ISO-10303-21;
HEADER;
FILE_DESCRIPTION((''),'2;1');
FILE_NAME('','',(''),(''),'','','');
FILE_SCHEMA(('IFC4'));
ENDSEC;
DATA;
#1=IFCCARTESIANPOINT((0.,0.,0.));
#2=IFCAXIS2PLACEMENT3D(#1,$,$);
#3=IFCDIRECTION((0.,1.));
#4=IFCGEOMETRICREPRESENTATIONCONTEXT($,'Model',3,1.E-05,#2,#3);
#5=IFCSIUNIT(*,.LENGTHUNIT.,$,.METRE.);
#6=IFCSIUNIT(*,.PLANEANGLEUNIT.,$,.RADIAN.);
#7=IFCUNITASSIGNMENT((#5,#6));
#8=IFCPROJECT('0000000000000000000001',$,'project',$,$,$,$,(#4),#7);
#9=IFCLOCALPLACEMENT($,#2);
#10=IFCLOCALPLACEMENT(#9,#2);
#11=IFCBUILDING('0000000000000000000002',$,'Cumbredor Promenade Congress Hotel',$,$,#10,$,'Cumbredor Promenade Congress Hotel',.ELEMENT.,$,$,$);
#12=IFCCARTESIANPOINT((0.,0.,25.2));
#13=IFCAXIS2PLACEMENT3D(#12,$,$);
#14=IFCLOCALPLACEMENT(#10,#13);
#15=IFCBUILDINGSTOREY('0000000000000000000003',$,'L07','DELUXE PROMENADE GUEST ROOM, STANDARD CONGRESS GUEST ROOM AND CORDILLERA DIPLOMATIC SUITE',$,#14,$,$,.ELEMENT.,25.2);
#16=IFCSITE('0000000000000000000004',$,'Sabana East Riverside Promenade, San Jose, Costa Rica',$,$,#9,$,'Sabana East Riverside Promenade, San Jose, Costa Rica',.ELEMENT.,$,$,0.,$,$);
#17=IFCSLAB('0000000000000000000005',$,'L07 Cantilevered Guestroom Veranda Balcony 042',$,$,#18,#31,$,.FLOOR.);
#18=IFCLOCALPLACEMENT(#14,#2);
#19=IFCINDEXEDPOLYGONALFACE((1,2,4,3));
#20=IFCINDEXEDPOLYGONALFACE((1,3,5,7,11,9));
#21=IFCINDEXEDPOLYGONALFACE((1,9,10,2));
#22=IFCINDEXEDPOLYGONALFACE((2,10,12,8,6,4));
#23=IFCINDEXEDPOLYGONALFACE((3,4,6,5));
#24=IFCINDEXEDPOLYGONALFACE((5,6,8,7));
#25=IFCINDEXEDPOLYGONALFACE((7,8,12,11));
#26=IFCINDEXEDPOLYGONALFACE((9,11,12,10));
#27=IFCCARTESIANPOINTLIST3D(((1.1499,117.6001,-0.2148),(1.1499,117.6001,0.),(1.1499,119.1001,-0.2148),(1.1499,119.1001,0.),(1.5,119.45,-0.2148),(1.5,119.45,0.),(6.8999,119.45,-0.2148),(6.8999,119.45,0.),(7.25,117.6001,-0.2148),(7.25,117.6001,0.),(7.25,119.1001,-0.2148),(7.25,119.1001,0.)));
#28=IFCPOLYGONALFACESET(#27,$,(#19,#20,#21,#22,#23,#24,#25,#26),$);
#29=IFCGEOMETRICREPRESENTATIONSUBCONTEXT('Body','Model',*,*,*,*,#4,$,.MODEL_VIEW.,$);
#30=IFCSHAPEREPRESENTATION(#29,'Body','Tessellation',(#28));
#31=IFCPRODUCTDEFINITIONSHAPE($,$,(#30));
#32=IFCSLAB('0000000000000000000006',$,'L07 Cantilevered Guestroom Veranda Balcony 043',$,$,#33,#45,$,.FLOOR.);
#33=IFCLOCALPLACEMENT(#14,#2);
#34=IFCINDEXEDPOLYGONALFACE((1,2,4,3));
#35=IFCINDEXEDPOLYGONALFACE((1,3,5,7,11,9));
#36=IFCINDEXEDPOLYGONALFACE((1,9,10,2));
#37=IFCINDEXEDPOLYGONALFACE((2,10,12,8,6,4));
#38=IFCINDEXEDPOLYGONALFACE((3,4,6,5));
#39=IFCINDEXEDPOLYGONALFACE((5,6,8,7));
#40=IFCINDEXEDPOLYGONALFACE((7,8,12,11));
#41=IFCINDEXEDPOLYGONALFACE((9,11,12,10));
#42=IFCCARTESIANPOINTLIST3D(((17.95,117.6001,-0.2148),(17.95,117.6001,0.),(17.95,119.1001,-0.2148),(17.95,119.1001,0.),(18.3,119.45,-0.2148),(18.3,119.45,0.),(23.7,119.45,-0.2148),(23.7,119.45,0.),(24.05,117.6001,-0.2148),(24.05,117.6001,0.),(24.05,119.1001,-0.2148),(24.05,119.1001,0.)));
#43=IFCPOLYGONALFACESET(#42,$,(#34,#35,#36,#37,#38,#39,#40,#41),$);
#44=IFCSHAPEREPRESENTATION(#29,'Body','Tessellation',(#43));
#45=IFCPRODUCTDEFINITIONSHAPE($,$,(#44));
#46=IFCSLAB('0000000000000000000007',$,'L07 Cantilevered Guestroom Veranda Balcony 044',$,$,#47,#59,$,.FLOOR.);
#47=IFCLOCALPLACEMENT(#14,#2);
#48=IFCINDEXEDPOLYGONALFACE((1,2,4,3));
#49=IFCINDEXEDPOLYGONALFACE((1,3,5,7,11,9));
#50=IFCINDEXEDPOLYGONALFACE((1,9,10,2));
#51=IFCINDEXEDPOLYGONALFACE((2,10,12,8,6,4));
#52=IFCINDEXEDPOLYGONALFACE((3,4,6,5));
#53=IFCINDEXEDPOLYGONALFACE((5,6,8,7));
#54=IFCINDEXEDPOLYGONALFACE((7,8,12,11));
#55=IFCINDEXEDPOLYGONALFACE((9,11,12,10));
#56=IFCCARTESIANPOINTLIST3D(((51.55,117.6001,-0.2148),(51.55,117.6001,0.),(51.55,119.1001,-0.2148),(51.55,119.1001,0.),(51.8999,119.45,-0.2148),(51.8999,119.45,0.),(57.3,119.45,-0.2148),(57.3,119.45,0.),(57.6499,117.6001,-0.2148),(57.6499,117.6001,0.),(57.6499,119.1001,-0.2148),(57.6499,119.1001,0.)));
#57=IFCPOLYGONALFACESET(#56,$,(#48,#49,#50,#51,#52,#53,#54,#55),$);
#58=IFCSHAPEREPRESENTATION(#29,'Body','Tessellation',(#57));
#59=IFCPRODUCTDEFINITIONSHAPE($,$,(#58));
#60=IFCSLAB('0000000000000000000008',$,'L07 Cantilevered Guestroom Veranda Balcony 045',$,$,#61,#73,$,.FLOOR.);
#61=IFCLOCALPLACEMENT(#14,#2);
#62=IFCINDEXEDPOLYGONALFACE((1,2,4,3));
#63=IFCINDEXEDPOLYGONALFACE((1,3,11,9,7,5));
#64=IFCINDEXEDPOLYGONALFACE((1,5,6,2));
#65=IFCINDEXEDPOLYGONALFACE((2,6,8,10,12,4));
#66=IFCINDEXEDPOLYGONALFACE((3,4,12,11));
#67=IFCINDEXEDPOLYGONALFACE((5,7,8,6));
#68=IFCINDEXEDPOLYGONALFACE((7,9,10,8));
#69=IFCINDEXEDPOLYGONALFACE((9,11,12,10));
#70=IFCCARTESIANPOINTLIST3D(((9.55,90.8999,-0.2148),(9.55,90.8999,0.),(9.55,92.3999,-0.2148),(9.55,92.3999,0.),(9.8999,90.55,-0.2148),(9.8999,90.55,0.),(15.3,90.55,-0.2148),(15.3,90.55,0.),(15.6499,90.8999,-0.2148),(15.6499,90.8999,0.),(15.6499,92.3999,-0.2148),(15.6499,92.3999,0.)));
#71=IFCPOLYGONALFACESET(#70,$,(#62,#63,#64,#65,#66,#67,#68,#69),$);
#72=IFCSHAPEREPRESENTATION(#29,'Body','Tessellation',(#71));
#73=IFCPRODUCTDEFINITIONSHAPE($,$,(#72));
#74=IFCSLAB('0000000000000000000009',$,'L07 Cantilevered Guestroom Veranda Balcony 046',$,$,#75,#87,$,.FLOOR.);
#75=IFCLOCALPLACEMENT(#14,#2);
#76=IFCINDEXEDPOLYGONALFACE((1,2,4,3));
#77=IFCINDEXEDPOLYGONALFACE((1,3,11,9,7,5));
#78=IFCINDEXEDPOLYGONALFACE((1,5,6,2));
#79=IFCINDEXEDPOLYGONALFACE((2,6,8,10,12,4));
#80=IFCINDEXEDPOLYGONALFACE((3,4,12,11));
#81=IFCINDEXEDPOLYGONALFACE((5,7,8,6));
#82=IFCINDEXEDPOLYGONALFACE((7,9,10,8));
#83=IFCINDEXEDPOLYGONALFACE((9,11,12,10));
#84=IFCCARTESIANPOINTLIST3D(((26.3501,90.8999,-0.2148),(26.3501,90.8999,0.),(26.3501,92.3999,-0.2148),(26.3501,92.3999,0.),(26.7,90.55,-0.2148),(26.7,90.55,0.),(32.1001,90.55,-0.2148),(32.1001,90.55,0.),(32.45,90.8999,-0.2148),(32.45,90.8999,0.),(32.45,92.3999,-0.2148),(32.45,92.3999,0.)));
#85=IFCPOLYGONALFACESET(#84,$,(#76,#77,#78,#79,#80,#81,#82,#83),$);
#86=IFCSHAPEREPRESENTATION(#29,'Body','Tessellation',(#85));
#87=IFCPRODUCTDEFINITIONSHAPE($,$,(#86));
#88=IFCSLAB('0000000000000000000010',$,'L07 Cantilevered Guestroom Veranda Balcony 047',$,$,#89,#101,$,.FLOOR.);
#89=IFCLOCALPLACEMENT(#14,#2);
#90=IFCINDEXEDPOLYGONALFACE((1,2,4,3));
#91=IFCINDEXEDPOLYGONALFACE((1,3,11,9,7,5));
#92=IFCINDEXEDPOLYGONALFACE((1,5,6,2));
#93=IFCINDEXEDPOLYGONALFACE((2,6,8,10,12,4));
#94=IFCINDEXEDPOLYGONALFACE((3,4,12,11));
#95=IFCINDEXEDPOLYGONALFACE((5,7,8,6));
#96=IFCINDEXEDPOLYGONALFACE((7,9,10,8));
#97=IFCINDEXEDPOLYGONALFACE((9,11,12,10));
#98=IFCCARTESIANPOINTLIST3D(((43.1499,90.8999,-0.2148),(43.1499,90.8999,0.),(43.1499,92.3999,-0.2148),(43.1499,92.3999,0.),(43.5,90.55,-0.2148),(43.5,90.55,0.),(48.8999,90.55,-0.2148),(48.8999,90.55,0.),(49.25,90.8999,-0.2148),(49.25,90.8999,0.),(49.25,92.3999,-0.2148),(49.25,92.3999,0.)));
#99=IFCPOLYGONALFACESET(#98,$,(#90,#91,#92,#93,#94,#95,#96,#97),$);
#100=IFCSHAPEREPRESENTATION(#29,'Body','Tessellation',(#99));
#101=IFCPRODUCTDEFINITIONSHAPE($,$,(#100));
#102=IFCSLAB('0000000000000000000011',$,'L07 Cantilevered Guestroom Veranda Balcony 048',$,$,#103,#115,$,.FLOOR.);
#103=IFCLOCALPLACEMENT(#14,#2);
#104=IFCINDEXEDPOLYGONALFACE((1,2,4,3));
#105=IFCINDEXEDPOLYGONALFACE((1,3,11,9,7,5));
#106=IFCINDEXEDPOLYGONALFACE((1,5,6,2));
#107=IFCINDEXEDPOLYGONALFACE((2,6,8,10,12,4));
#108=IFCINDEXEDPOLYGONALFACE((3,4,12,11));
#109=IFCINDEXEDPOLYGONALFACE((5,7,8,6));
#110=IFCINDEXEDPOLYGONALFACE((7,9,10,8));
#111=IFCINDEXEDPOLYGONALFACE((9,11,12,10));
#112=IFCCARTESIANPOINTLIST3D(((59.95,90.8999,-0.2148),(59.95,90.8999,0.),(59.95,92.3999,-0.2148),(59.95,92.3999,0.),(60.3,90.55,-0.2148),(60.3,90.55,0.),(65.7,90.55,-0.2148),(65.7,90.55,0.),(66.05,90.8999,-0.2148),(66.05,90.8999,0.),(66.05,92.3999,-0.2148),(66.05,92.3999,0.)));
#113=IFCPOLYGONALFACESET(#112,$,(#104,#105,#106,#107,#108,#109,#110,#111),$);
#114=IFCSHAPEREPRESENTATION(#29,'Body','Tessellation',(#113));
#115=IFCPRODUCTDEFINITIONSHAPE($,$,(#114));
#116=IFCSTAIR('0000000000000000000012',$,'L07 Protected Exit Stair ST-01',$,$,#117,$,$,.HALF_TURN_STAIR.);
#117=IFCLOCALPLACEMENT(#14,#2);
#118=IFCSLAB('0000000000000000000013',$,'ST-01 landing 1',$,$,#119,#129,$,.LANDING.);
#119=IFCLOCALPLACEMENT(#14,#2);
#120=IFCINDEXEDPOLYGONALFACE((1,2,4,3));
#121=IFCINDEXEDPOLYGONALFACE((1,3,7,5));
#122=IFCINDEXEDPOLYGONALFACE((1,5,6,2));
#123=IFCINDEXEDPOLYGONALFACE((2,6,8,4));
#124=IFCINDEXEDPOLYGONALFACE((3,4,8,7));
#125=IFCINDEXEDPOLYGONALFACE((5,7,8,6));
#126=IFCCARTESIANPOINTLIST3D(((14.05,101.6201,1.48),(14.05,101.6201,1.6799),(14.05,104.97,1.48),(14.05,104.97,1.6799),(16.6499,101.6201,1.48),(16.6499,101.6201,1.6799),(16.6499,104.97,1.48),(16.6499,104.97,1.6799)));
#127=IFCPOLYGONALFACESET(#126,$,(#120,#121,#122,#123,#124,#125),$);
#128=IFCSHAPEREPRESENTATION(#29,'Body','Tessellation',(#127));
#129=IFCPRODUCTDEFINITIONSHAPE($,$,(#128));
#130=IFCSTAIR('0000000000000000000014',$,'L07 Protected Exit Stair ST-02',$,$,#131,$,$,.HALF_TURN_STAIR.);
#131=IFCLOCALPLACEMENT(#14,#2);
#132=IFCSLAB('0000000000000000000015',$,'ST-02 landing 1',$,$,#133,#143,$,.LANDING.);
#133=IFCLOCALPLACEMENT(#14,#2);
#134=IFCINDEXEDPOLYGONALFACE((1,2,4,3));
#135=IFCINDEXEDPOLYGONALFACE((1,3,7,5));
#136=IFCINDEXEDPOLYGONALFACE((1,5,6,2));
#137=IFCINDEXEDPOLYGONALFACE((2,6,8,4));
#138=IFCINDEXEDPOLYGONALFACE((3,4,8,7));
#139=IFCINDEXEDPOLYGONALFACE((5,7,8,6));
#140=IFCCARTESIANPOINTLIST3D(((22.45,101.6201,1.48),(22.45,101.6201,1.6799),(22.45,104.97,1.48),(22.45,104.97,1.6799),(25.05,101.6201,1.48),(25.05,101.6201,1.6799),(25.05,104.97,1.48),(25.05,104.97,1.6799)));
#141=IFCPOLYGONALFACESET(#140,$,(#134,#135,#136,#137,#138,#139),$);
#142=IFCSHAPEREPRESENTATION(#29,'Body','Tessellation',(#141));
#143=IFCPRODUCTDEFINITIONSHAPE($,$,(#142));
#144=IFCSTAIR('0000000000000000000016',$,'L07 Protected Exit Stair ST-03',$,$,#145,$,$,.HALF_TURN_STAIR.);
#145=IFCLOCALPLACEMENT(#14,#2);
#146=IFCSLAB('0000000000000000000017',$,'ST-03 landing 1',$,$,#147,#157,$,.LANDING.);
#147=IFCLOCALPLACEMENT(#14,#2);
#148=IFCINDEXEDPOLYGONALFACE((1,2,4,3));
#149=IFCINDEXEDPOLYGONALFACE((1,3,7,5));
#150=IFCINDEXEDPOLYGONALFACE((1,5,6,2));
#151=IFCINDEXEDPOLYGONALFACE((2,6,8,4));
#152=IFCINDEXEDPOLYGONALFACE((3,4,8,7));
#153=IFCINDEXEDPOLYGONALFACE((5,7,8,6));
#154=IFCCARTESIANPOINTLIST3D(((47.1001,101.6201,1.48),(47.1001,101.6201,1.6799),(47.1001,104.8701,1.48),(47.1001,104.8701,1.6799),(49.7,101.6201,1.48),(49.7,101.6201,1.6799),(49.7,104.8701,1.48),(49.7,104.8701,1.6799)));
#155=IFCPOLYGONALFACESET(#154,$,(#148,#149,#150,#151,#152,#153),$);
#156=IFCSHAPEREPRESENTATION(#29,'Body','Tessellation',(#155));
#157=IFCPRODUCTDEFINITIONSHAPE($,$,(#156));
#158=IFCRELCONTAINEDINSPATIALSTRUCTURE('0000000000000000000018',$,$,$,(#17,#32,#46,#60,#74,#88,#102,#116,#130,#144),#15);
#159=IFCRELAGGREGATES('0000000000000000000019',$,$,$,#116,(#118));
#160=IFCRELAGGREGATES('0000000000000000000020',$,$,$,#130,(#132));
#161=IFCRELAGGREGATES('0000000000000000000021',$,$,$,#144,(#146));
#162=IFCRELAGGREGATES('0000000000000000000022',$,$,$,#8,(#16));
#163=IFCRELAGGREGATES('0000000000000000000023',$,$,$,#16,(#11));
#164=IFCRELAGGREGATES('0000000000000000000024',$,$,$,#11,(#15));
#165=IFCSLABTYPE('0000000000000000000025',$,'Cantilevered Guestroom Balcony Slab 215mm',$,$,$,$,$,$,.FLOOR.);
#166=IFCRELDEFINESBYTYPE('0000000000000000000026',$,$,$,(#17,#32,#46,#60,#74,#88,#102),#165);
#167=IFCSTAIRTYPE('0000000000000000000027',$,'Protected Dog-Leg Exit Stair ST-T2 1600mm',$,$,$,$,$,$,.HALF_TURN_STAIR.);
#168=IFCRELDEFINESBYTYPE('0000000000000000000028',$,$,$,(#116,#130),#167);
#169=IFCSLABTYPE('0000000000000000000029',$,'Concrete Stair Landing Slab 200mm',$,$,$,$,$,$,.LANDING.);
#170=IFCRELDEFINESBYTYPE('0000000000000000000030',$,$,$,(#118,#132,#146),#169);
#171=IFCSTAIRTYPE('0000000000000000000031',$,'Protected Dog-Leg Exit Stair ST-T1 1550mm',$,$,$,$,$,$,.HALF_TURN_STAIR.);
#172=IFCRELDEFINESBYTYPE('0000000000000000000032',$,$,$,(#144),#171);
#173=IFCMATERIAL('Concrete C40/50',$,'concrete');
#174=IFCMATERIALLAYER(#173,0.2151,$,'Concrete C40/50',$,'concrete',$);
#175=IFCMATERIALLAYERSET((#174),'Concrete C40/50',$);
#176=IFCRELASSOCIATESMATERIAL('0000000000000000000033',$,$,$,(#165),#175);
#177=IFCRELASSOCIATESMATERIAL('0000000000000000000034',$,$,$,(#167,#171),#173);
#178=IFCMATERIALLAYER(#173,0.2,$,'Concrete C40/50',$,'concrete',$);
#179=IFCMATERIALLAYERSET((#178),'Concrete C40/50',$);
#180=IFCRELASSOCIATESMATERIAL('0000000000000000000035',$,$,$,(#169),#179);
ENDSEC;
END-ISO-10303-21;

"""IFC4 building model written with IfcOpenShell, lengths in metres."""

from ifc_helpers import new_model, si_unit, direction, frame, origin, place, context, subcontext, project, spatial, polyline, outline, extrude, material, layer, layer_set, type_object, element, aggregate, save


model = new_model("IFC4")

# Units and contexts
model_context = context("Model", 3, precision=1e-05, world=origin(), true_north=direction((0.0, 1.0)))
body_context = subcontext(model_context, "Body", "Model", "MODEL_VIEW")
ifc_project = project(units=[si_unit("LENGTHUNIT", "METRE"), si_unit("PLANEANGLEUNIT", "RADIAN")], contexts=[model_context])

# Site, building, storey
site_placement = place(None, origin())
site = spatial("IfcSite", under=ifc_project, at=site_placement, Name="Sabana East Riverside Promenade, San Jose, Costa Rica", LongName="Sabana East Riverside Promenade, San Jose, Costa Rica", CompositionType="ELEMENT", RefElevation=0.0)
building_placement = place(site_placement, origin())
building = spatial("IfcBuilding", under=site, at=building_placement, Name="Cumbredor Promenade Congress Hotel", LongName="Cumbredor Promenade Congress Hotel", CompositionType="ELEMENT")
storey_placement = place(building_placement, frame((0.0, 0.0, 25.2)))
storey = spatial("IfcBuildingStorey", under=building, at=storey_placement, Name="L07", Description="DELUXE PROMENADE GUEST ROOM, STANDARD CONGRESS GUEST ROOM AND CORDILLERA DIPLOMATIC SUITE", CompositionType="ELEMENT", Elevation=25.2)

# Slabs
ifc_material_1 = material(Name="Concrete C40/50", Category="concrete")
ifc_layer_1 = layer(ifc_material_1, 0.2151, Name="Concrete C40/50", Category="concrete")
ifc_layer_set_1 = layer_set([ifc_layer_1], Name="Concrete C40/50")
slab_type_1 = type_object("IfcSlabType", Name="Cantilevered Guestroom Balcony Slab 215mm", PredefinedType="FLOOR", material=ifc_layer_set_1)
slab_1_placement = place(storey_placement, frame((0.0, 0.0, -0.2148)))
element("IfcSlab", 1, at=slab_1_placement, inside=storey, type_object=slab_type_1, Name="L07 Cantilevered Guestroom Veranda Balcony 042", PredefinedType="FLOOR", context=body_context, shape_type="SweptSolid", body=[
    extrude(outline(polyline([(1.1499, 117.6001), (7.25, 117.6001), (7.25, 119.1001), (6.8999, 119.45), (1.5, 119.45), (1.1499, 119.1001), (1.1499, 117.6001)])), origin(), (0.0, 0.0, 1.0), 0.2148),
])
slab_2_placement = place(storey_placement, frame((0.0, 0.0, -0.2148)))
element("IfcSlab", 2, at=slab_2_placement, inside=storey, type_object=slab_type_1, Name="L07 Cantilevered Guestroom Veranda Balcony 043", PredefinedType="FLOOR", context=body_context, shape_type="SweptSolid", body=[
    extrude(outline(polyline([(17.95, 117.6001), (24.05, 117.6001), (24.05, 119.1001), (23.7, 119.45), (18.3, 119.45), (17.95, 119.1001), (17.95, 117.6001)])), origin(), (0.0, 0.0, 1.0), 0.2148),
])
slab_3_placement = place(storey_placement, frame((0.0, 0.0, -0.2148)))
element("IfcSlab", 3, at=slab_3_placement, inside=storey, type_object=slab_type_1, Name="L07 Cantilevered Guestroom Veranda Balcony 044", PredefinedType="FLOOR", context=body_context, shape_type="SweptSolid", body=[
    extrude(outline(polyline([(51.55, 117.6001), (57.6499, 117.6001), (57.6499, 119.1001), (57.3, 119.45), (51.8999, 119.45), (51.55, 119.1001), (51.55, 117.6001)])), origin(), (0.0, 0.0, 1.0), 0.2148),
])
slab_4_placement = place(storey_placement, frame((0.0, 0.0, -0.2148)))
element("IfcSlab", 4, at=slab_4_placement, inside=storey, type_object=slab_type_1, Name="L07 Cantilevered Guestroom Veranda Balcony 045", PredefinedType="FLOOR", context=body_context, shape_type="SweptSolid", body=[
    extrude(outline(polyline([(9.8999, 90.55), (15.3, 90.55), (15.6499, 90.8999), (15.6499, 92.3999), (9.55, 92.3999), (9.55, 90.8999), (9.8999, 90.55)])), origin(), (0.0, 0.0, 1.0), 0.2148),
])
slab_5_placement = place(storey_placement, frame((0.0, 0.0, -0.2148)))
element("IfcSlab", 5, at=slab_5_placement, inside=storey, type_object=slab_type_1, Name="L07 Cantilevered Guestroom Veranda Balcony 046", PredefinedType="FLOOR", context=body_context, shape_type="SweptSolid", body=[
    extrude(outline(polyline([(26.7, 90.55), (32.1001, 90.55), (32.45, 90.8999), (32.45, 92.3999), (26.3501, 92.3999), (26.3501, 90.8999), (26.7, 90.55)])), origin(), (0.0, 0.0, 1.0), 0.2148),
])
slab_6_placement = place(storey_placement, frame((0.0, 0.0, -0.2148)))
element("IfcSlab", 6, at=slab_6_placement, inside=storey, type_object=slab_type_1, Name="L07 Cantilevered Guestroom Veranda Balcony 047", PredefinedType="FLOOR", context=body_context, shape_type="SweptSolid", body=[
    extrude(outline(polyline([(43.5, 90.55), (48.8999, 90.55), (49.25, 90.8999), (49.25, 92.3999), (43.1499, 92.3999), (43.1499, 90.8999), (43.5, 90.55)])), origin(), (0.0, 0.0, 1.0), 0.2148),
])
slab_7_placement = place(storey_placement, frame((0.0, 0.0, -0.2148)))
element("IfcSlab", 7, at=slab_7_placement, inside=storey, type_object=slab_type_1, Name="L07 Cantilevered Guestroom Veranda Balcony 048", PredefinedType="FLOOR", context=body_context, shape_type="SweptSolid", body=[
    extrude(outline(polyline([(60.3, 90.55), (65.7, 90.55), (66.05, 90.8999), (66.05, 92.3999), (59.95, 92.3999), (59.95, 90.8999), (60.3, 90.55)])), origin(), (0.0, 0.0, 1.0), 0.2148),
])

# Stairs, slabs
stair_type_1 = type_object("IfcStairType", Name="Protected Dog-Leg Exit Stair ST-T2 1600mm", PredefinedType="HALF_TURN_STAIR", material=ifc_material_1)
stair_1_placement = place(storey_placement, origin())
stair_1 = element("IfcStair", 8, at=stair_1_placement, inside=storey, type_object=stair_type_1, Name="L07 Protected Exit Stair ST-01", PredefinedType="HALF_TURN_STAIR")
ifc_layer_2 = layer(ifc_material_1, 0.2, Name="Concrete C40/50", Category="concrete")
ifc_layer_set_2 = layer_set([ifc_layer_2], Name="Concrete C40/50")
slab_type_2 = type_object("IfcSlabType", Name="Concrete Stair Landing Slab 200mm", PredefinedType="LANDING", material=ifc_layer_set_2)
slab_8_placement = place(storey_placement, frame((0.0, 0.0, 1.48)))
slab_8 = element("IfcSlab", 9, at=slab_8_placement, type_object=slab_type_2, Name="ST-01 landing 1", PredefinedType="LANDING", context=body_context, shape_type="SweptSolid", body=[
    extrude(outline(polyline([(14.05, 101.6201), (16.6499, 101.6201), (16.6499, 104.97), (14.05, 104.97), (14.05, 101.6201)])), origin(), (0.0, 0.0, 1.0), 0.2),
])
aggregate(stair_1, [slab_8])
stair_2_placement = place(storey_placement, origin())
stair_2 = element("IfcStair", 10, at=stair_2_placement, inside=storey, type_object=stair_type_1, Name="L07 Protected Exit Stair ST-02", PredefinedType="HALF_TURN_STAIR")
slab_9_placement = place(storey_placement, frame((0.0, 0.0, 1.48)))
slab_9 = element("IfcSlab", 11, at=slab_9_placement, type_object=slab_type_2, Name="ST-02 landing 1", PredefinedType="LANDING", context=body_context, shape_type="SweptSolid", body=[
    extrude(outline(polyline([(22.45, 101.6201), (25.05, 101.6201), (25.05, 104.97), (22.45, 104.97), (22.45, 101.6201)])), origin(), (0.0, 0.0, 1.0), 0.2),
])
aggregate(stair_2, [slab_9])
stair_type_2 = type_object("IfcStairType", Name="Protected Dog-Leg Exit Stair ST-T1 1550mm", PredefinedType="HALF_TURN_STAIR", material=ifc_material_1)
stair_3_placement = place(storey_placement, origin())
stair_3 = element("IfcStair", 12, at=stair_3_placement, inside=storey, type_object=stair_type_2, Name="L07 Protected Exit Stair ST-03", PredefinedType="HALF_TURN_STAIR")
slab_10_placement = place(storey_placement, frame((0.0, 0.0, 1.48)))
slab_10 = element("IfcSlab", 13, at=slab_10_placement, type_object=slab_type_2, Name="ST-03 landing 1", PredefinedType="LANDING", context=body_context, shape_type="SweptSolid", body=[
    extrude(outline(polyline([(47.1001, 101.6201), (49.7, 101.6201), (49.7, 104.8701), (47.1001, 104.8701), (47.1001, 101.6201)])), origin(), (0.0, 0.0, 1.0), 0.2),
])
aggregate(stair_3, [slab_10])

save(model, "model.ifc")
